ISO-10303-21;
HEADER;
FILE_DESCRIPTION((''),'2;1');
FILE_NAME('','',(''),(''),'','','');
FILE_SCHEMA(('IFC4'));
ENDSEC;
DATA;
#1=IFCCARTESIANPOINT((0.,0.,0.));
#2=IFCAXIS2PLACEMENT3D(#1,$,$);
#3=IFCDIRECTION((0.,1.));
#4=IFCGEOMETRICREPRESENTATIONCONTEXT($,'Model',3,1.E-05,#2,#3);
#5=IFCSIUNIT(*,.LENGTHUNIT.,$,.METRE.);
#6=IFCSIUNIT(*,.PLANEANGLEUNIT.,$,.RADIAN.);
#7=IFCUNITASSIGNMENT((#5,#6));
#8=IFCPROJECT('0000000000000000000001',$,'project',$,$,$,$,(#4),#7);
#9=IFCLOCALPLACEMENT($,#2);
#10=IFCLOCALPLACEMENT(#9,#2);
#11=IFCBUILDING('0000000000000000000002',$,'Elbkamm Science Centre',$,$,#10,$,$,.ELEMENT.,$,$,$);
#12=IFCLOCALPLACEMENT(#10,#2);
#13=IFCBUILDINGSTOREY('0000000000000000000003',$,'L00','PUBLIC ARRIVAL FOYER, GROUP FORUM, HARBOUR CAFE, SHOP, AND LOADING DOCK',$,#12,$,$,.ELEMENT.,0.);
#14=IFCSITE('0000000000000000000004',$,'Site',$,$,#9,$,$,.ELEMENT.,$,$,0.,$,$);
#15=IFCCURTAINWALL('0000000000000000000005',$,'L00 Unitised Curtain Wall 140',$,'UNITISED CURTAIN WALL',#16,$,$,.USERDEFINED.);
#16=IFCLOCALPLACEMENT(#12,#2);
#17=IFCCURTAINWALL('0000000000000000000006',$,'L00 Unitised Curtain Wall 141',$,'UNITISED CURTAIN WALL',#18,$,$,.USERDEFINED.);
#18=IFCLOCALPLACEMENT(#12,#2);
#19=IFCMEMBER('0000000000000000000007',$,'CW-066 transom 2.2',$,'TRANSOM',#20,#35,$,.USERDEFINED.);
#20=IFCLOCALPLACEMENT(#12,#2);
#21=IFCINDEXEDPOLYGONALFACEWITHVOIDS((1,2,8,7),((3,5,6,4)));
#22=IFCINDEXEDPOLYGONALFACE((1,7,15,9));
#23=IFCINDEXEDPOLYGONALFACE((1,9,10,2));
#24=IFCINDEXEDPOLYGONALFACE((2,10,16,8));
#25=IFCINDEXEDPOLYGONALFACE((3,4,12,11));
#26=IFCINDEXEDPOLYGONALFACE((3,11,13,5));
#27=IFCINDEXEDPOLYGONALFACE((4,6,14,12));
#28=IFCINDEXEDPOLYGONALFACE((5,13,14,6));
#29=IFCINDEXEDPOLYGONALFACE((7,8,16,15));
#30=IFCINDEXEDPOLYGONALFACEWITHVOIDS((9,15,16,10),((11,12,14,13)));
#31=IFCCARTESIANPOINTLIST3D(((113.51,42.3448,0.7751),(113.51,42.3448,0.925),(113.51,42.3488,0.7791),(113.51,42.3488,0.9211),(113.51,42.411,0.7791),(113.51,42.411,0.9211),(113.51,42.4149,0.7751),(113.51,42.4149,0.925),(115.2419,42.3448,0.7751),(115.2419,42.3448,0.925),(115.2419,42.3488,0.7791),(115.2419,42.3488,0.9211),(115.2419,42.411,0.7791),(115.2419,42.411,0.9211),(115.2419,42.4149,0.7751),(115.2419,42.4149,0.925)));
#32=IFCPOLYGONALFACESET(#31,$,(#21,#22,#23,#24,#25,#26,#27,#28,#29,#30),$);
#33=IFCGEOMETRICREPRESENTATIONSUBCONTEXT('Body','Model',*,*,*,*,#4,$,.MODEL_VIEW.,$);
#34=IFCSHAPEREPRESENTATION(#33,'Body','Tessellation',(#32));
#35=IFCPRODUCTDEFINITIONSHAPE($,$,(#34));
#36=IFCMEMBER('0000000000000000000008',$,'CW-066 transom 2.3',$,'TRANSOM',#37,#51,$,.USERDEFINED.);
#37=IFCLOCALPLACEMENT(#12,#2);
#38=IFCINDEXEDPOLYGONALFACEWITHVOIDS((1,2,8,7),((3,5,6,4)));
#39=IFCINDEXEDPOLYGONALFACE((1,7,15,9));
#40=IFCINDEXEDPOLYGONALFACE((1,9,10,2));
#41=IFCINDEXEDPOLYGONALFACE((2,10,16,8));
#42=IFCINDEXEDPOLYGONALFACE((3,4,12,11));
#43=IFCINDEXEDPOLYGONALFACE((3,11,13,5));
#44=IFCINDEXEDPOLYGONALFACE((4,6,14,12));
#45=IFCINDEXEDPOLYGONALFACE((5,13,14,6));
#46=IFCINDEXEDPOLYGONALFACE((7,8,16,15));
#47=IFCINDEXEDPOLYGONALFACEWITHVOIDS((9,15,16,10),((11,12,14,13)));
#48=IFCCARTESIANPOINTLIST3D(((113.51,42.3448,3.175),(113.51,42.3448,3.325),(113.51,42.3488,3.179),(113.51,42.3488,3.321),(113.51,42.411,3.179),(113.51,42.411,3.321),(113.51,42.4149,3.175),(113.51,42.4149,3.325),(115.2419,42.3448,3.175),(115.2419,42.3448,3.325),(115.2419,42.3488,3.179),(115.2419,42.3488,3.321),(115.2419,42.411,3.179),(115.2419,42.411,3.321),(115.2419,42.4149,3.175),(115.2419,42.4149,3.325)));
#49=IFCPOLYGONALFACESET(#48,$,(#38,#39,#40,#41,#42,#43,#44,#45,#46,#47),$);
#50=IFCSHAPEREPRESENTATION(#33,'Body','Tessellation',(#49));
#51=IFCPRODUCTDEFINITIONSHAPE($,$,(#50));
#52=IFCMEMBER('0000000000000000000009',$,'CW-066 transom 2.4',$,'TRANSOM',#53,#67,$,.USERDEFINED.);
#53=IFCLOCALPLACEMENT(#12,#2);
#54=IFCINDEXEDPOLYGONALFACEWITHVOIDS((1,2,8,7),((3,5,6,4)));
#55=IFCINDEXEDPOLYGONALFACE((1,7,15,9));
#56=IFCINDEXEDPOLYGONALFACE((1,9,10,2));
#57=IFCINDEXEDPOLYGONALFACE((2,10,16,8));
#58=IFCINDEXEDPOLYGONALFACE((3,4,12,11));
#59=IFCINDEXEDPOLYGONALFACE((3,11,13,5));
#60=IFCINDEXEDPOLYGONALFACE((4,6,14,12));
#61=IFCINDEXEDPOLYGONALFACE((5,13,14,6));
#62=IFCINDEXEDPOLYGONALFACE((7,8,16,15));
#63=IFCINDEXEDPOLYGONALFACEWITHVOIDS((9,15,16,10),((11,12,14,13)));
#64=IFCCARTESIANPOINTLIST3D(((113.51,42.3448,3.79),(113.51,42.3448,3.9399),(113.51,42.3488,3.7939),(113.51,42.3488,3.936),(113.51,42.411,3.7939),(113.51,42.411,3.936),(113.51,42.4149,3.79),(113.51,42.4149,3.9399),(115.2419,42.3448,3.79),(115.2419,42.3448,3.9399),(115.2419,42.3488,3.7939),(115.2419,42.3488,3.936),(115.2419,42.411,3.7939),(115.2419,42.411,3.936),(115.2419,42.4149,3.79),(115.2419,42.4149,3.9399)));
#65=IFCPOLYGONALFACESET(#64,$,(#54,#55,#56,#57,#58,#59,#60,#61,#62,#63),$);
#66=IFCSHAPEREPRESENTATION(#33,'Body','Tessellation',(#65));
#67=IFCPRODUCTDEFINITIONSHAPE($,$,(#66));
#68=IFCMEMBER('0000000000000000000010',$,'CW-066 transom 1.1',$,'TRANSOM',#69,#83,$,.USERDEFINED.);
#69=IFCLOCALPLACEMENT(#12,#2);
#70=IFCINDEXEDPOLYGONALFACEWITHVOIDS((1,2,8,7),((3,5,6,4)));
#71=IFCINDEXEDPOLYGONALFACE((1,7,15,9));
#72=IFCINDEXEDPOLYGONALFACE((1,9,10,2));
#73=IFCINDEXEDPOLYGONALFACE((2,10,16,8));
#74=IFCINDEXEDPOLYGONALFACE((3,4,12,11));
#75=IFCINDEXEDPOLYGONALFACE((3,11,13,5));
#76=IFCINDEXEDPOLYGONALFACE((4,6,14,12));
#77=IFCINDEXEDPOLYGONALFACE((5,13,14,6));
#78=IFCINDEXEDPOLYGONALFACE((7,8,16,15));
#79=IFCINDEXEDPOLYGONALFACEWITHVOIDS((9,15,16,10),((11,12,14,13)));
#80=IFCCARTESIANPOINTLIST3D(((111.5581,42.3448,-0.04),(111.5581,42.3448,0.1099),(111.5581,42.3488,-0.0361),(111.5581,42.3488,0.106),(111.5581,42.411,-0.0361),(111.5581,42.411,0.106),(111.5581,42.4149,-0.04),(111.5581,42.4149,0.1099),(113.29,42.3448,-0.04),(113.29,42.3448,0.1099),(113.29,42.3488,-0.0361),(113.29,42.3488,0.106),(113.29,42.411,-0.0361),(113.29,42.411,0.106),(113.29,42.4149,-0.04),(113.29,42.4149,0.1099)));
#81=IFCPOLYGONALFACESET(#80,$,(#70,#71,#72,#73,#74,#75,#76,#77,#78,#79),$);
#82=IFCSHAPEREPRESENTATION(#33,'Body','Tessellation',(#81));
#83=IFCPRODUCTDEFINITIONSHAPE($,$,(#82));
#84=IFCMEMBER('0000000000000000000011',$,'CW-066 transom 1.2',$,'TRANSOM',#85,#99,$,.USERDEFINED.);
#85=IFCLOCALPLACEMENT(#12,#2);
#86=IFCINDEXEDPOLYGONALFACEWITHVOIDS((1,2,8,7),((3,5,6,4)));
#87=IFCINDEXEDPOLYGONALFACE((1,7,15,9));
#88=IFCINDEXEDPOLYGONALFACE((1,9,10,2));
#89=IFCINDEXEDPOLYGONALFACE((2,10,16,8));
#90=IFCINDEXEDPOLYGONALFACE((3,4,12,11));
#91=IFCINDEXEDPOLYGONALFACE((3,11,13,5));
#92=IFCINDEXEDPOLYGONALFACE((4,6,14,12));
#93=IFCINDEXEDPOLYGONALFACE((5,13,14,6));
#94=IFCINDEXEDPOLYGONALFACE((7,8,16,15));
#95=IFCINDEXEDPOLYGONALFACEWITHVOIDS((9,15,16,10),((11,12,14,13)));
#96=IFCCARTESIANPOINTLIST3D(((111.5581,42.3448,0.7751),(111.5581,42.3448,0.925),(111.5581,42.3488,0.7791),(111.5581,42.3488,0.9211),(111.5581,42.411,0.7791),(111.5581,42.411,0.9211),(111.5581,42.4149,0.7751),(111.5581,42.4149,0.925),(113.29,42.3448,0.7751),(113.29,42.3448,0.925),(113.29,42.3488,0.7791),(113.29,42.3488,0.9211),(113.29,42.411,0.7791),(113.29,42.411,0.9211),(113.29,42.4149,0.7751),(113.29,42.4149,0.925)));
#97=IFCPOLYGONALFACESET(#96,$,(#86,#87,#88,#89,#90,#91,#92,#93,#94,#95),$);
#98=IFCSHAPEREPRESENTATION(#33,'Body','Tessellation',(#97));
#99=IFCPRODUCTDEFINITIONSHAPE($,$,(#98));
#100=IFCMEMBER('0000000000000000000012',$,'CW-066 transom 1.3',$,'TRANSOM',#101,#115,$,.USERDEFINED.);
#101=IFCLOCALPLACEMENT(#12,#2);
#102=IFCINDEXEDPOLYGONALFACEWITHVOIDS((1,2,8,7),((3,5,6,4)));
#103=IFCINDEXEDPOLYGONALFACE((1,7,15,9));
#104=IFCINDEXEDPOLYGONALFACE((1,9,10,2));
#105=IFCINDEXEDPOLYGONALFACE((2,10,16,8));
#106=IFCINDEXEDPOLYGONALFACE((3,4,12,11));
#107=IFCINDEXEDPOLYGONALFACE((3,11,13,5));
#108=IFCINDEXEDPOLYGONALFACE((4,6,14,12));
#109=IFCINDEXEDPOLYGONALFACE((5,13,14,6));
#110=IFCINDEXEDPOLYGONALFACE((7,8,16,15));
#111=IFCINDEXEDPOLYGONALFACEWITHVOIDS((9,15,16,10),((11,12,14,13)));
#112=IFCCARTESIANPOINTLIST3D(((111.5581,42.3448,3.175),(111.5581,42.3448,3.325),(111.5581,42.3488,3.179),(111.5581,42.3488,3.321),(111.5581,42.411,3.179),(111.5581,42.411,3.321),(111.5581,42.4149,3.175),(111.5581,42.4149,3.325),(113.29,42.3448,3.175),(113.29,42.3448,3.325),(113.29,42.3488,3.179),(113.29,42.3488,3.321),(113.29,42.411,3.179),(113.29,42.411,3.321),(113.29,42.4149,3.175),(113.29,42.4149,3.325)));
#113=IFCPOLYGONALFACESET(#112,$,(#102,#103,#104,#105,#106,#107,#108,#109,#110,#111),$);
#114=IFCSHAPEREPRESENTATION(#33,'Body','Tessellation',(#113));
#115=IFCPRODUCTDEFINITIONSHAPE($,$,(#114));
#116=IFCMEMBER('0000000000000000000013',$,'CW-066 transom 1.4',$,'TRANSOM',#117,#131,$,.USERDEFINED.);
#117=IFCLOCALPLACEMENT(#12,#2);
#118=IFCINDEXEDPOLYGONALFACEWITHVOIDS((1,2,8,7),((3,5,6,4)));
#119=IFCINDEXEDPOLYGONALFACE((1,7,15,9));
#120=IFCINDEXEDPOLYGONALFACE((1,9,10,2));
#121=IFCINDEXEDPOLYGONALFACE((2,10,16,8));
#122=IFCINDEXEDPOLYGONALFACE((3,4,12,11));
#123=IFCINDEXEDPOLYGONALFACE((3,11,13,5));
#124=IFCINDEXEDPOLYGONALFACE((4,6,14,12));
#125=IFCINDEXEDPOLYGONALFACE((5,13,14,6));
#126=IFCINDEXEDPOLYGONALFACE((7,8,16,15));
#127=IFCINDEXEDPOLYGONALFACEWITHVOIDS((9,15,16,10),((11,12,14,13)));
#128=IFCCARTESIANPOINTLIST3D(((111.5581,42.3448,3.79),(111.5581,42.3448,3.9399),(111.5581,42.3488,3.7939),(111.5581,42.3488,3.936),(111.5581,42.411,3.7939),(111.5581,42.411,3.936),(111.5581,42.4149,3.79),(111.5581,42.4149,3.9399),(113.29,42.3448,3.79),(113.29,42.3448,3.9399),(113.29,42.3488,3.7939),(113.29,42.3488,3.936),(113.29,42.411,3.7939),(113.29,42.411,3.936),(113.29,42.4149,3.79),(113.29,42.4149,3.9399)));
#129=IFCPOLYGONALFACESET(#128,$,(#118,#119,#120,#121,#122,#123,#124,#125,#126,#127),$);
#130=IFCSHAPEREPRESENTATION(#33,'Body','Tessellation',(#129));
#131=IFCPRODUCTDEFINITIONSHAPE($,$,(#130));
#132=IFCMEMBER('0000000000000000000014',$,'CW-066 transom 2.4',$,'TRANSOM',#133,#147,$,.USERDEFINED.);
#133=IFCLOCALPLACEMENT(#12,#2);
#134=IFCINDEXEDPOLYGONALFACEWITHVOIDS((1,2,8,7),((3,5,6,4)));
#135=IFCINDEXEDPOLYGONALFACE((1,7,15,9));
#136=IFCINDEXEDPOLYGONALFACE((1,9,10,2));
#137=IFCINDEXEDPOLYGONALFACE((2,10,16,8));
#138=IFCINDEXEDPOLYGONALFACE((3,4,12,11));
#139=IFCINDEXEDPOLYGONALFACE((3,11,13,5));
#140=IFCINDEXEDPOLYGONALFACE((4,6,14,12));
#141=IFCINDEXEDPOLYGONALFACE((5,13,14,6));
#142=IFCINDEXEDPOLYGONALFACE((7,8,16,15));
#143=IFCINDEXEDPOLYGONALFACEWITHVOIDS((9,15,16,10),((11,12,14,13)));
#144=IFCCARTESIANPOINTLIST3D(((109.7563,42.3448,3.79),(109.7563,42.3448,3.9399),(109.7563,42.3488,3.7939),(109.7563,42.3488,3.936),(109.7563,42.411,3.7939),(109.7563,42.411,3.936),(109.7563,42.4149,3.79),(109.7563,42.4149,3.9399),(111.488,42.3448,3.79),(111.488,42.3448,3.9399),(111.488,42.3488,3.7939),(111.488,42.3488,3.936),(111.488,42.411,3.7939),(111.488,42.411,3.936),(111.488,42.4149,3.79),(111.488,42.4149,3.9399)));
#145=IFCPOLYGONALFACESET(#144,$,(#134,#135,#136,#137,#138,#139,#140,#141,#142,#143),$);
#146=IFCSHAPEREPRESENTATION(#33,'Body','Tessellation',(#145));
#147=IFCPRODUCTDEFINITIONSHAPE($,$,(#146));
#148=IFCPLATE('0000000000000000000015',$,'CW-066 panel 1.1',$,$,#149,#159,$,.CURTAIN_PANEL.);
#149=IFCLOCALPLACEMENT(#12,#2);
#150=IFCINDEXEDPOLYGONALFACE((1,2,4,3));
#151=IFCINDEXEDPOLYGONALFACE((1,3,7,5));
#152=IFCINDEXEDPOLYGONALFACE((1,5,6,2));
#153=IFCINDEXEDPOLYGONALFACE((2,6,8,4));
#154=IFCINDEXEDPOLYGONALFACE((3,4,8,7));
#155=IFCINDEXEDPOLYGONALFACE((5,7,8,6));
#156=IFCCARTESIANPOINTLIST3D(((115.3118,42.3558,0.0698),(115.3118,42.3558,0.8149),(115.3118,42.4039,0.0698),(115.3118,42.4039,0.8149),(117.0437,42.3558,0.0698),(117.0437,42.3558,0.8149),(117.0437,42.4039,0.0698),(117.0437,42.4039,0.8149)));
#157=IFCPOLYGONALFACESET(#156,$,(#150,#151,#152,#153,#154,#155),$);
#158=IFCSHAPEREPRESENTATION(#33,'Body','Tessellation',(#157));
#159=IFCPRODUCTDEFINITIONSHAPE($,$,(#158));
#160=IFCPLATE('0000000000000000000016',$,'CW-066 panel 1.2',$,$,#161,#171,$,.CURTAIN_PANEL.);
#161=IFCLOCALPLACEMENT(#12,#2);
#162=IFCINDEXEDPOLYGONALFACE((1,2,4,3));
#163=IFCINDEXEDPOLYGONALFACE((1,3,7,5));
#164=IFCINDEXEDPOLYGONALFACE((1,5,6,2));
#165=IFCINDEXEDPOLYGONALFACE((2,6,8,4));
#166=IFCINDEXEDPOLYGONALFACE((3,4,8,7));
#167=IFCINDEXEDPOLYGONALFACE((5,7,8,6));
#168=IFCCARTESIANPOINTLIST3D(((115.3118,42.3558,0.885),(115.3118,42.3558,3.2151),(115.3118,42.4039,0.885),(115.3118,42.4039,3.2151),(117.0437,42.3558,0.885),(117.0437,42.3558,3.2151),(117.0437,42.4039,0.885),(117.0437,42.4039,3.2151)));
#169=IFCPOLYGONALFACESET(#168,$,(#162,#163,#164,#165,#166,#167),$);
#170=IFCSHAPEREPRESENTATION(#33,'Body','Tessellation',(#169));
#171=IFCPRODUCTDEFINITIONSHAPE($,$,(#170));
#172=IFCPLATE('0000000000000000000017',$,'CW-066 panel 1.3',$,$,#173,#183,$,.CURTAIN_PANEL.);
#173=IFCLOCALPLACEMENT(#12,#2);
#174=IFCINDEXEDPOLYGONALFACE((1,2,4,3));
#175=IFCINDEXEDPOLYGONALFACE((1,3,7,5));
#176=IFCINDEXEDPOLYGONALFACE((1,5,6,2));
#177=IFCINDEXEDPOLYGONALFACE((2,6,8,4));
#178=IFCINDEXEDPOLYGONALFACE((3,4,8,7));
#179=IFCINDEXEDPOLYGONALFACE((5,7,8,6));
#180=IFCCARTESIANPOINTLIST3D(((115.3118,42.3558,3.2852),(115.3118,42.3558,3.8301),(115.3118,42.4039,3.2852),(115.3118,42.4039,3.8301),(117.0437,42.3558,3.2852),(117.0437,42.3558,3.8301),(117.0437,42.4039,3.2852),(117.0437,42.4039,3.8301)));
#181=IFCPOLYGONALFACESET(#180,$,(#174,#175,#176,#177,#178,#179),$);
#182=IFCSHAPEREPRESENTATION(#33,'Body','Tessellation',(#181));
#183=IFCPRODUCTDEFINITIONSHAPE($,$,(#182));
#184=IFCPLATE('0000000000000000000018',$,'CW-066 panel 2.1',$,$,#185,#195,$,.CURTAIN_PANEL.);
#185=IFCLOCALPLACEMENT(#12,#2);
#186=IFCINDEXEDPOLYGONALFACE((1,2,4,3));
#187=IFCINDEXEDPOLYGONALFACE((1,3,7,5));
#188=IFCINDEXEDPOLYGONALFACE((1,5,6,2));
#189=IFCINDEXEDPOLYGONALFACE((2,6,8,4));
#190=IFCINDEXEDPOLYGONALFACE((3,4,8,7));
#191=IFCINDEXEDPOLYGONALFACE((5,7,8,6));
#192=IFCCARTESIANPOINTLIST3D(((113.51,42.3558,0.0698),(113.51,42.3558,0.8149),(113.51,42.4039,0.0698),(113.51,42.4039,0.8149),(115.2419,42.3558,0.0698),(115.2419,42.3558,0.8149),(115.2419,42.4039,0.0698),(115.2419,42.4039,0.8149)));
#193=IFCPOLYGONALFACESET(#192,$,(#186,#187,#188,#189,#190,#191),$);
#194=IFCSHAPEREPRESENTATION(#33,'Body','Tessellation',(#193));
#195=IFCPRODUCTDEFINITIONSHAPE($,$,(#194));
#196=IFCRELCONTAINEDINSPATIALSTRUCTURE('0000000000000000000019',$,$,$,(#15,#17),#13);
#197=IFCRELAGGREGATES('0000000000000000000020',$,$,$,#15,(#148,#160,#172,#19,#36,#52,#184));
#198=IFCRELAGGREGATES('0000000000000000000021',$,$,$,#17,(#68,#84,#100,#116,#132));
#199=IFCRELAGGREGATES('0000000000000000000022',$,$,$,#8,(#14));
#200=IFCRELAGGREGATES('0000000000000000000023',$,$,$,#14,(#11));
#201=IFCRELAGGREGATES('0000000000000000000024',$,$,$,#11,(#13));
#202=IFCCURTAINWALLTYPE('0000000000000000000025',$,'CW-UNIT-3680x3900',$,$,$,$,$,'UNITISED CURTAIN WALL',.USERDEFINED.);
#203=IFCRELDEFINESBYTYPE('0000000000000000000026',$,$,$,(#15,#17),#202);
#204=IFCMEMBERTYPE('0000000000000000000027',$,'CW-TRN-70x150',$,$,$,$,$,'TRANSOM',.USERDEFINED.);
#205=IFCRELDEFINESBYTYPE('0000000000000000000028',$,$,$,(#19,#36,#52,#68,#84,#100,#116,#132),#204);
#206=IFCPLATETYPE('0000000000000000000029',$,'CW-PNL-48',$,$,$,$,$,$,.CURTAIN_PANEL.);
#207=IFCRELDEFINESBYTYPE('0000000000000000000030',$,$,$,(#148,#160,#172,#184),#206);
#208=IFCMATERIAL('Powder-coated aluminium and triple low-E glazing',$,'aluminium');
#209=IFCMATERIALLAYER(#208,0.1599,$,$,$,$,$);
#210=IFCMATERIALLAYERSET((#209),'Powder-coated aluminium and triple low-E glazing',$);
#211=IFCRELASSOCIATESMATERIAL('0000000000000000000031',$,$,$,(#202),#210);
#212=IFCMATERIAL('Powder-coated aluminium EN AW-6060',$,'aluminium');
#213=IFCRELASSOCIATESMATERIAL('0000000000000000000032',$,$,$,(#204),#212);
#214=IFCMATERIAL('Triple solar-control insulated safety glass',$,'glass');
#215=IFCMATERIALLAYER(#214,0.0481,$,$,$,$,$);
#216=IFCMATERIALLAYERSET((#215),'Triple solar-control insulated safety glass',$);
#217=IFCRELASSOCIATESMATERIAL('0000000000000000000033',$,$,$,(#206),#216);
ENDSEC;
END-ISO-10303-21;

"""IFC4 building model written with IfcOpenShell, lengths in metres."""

from ifc_helpers import new_model, si_unit, direction, frame, origin, origin_2d, place, context, subcontext, project, spatial, rectangle, hollow_rectangle, extrude, material, layer, layer_set, material_profile, profile_set, type_object, element, aggregate, save


model = new_model("IFC4")

# Units and contexts
model_context = context("Model", 3, precision=1e-05, world=origin(), true_north=direction((0.0, 1.0)))
body_context = subcontext(model_context, "Body", "Model", "MODEL_VIEW")
ifc_project = project(units=[si_unit("LENGTHUNIT", "METRE"), si_unit("PLANEANGLEUNIT", "RADIAN")], contexts=[model_context])

# Site, building, storey
site_placement = place(None, origin())
site = spatial("IfcSite", under=ifc_project, at=site_placement, Name="Site", CompositionType="ELEMENT", RefElevation=0.0)
building_placement = place(site_placement, origin())
building = spatial("IfcBuilding", under=site, at=building_placement, Name="Elbkamm Science Centre", CompositionType="ELEMENT")
storey_placement = place(building_placement, origin())
storey = spatial("IfcBuildingStorey", under=building, at=storey_placement, Name="L00", Description="PUBLIC ARRIVAL FOYER, GROUP FORUM, HARBOUR CAFE, SHOP, AND LOADING DOCK", CompositionType="ELEMENT", Elevation=0.0)

# Shared definitions
ifc_material_1 = material(Name="Powder-coated aluminium and triple low-E glazing", Category="aluminium")
ifc_layer_1 = layer(ifc_material_1, 0.1599)
ifc_layer_set_1 = layer_set([ifc_layer_1], Name="Powder-coated aluminium and triple low-E glazing")
curtain_wall_type = type_object("IfcCurtainWallType", Name="CW-UNIT-3680x3900", ElementType="UNITISED CURTAIN WALL", PredefinedType="USERDEFINED", material=ifc_layer_set_1)
ifc_material_2 = material(Name="Powder-coated aluminium EN AW-6060", Category="aluminium")

# Curtain walls
curtain_wall_1_placement = place(storey_placement, origin())
curtain_wall_1 = element("IfcCurtainWall", 1, at=curtain_wall_1_placement, inside=storey, type_object=curtain_wall_type, Name="L00 Unitised Curtain Wall 140", ObjectType="UNITISED CURTAIN WALL", PredefinedType="USERDEFINED")
curtain_wall_2_placement = place(storey_placement, origin())
curtain_wall_2 = element("IfcCurtainWall", 2, at=curtain_wall_2_placement, inside=storey, type_object=curtain_wall_type, Name="L00 Unitised Curtain Wall 141", ObjectType="UNITISED CURTAIN WALL", PredefinedType="USERDEFINED")

# Members
ifc_material_profile_1 = material_profile(ifc_material_2, hollow_rectangle(XDim=0.0701, YDim=0.1499, WallThickness=0.0039, at=origin_2d()), Name="ALU T70x150")
ifc_profile_set_1 = profile_set([ifc_material_profile_1], Name="Powder-coated aluminium EN AW-6060")
member_type_1 = type_object("IfcMemberType", Name="CW-TRN-70x150", ElementType="TRANSOM", PredefinedType="USERDEFINED", material=ifc_profile_set_1)
member_1_placement = place(storey_placement, frame((115.2419, 42.3799, 0.8501), z_axis=(-1.0, 0.0, 0.0), x_axis=(0.0, -1.0, 0.0)))
member_1 = element("IfcMember", 3, at=member_1_placement, type_object=member_type_1, Name="CW-066 transom 2.2", ObjectType="TRANSOM", PredefinedType="USERDEFINED", context=body_context, shape_type="SweptSolid", body=[
    extrude(hollow_rectangle(XDim=0.0701, YDim=0.1499, WallThickness=0.0039, at=origin_2d()), origin(), (0.0, 0.0, 1.0), 1.7319),
])
member_2_placement = place(storey_placement, frame((115.2419, 42.3799, 3.25), z_axis=(-1.0, 0.0, 0.0), x_axis=(0.0, -1.0, 0.0)))
member_2 = element("IfcMember", 4, at=member_2_placement, type_object=member_type_1, Name="CW-066 transom 2.3", ObjectType="TRANSOM", PredefinedType="USERDEFINED", context=body_context, shape_type="SweptSolid", body=[
    extrude(hollow_rectangle(XDim=0.0701, YDim=0.1499, WallThickness=0.0039, at=origin_2d()), origin(), (0.0, 0.0, 1.0), 1.7319),
])
member_3_placement = place(storey_placement, frame((115.2419, 42.3799, 3.865), z_axis=(-1.0, 0.0, 0.0), x_axis=(0.0, -1.0, 0.0)))
member_3 = element("IfcMember", 5, at=member_3_placement, type_object=member_type_1, Name="CW-066 transom 2.4", ObjectType="TRANSOM", PredefinedType="USERDEFINED", context=body_context, shape_type="SweptSolid", body=[
    extrude(hollow_rectangle(XDim=0.0701, YDim=0.1499, WallThickness=0.0039, at=origin_2d()), origin(), (0.0, 0.0, 1.0), 1.7319),
])
member_4_placement = place(storey_placement, frame((113.29, 42.3799, 0.0349), z_axis=(-1.0, 0.0, 0.0), x_axis=(0.0, -1.0, 0.0)))
member_4 = element("IfcMember", 6, at=member_4_placement, type_object=member_type_1, Name="CW-066 transom 1.1", ObjectType="TRANSOM", PredefinedType="USERDEFINED", context=body_context, shape_type="SweptSolid", body=[
    extrude(hollow_rectangle(XDim=0.0701, YDim=0.1499, WallThickness=0.0039, at=origin_2d()), origin(), (0.0, 0.0, 1.0), 1.7319),
])
member_5_placement = place(storey_placement, frame((113.29, 42.3799, 0.8501), z_axis=(-1.0, 0.0, 0.0), x_axis=(0.0, -1.0, 0.0)))
member_5 = element("IfcMember", 7, at=member_5_placement, type_object=member_type_1, Name="CW-066 transom 1.2", ObjectType="TRANSOM", PredefinedType="USERDEFINED", context=body_context, shape_type="SweptSolid", body=[
    extrude(hollow_rectangle(XDim=0.0701, YDim=0.1499, WallThickness=0.0039, at=origin_2d()), origin(), (0.0, 0.0, 1.0), 1.7319),
])
member_6_placement = place(storey_placement, frame((113.29, 42.3799, 3.25), z_axis=(-1.0, 0.0, 0.0), x_axis=(0.0, -1.0, 0.0)))
member_6 = element("IfcMember", 8, at=member_6_placement, type_object=member_type_1, Name="CW-066 transom 1.3", ObjectType="TRANSOM", PredefinedType="USERDEFINED", context=body_context, shape_type="SweptSolid", body=[
    extrude(hollow_rectangle(XDim=0.0701, YDim=0.1499, WallThickness=0.0039, at=origin_2d()), origin(), (0.0, 0.0, 1.0), 1.7319),
])
member_7_placement = place(storey_placement, frame((113.29, 42.3799, 3.865), z_axis=(-1.0, 0.0, 0.0), x_axis=(0.0, -1.0, 0.0)))
member_7 = element("IfcMember", 9, at=member_7_placement, type_object=member_type_1, Name="CW-066 transom 1.4", ObjectType="TRANSOM", PredefinedType="USERDEFINED", context=body_context, shape_type="SweptSolid", body=[
    extrude(hollow_rectangle(XDim=0.0701, YDim=0.1499, WallThickness=0.0039, at=origin_2d()), origin(), (0.0, 0.0, 1.0), 1.7319),
])
member_8_placement = place(storey_placement, frame((111.488, 42.3799, 3.865), z_axis=(-1.0, 0.0, 0.0), x_axis=(0.0, -1.0, 0.0)))
member_8 = element("IfcMember", 10, at=member_8_placement, type_object=member_type_1, Name="CW-066 transom 2.4", ObjectType="TRANSOM", PredefinedType="USERDEFINED", context=body_context, shape_type="SweptSolid", body=[
    extrude(hollow_rectangle(XDim=0.0701, YDim=0.1499, WallThickness=0.0039, at=origin_2d()), origin(), (0.0, 0.0, 1.0), 1.7317),
])

# Plates
ifc_material_3 = material(Name="Triple solar-control insulated safety glass", Category="glass")
ifc_layer_2 = layer(ifc_material_3, 0.0481)
ifc_layer_set_2 = layer_set([ifc_layer_2], Name="Triple solar-control insulated safety glass")
plate_type = type_object("IfcPlateType", Name="CW-PNL-48", PredefinedType="CURTAIN_PANEL", material=ifc_layer_set_2)
plate_1_placement = place(storey_placement, frame((116.1777, 42.3799, 0.0698), z_axis=(0.0, 0.0, 1.0), x_axis=(-1.0, 0.0, 0.0)))
plate_1 = element("IfcPlate", 11, at=plate_1_placement, type_object=plate_type, Name="CW-066 panel 1.1", PredefinedType="CURTAIN_PANEL", context=body_context, shape_type="SweptSolid", body=[
    extrude(rectangle(XDim=1.7319, YDim=0.0481, at=origin_2d()), origin(), (0.0, 0.0, 1.0), 0.7451),
])
plate_2_placement = place(storey_placement, frame((116.1777, 42.3799, 0.885), z_axis=(0.0, 0.0, 1.0), x_axis=(-1.0, 0.0, 0.0)))
plate_2 = element("IfcPlate", 12, at=plate_2_placement, type_object=plate_type, Name="CW-066 panel 1.2", PredefinedType="CURTAIN_PANEL", context=body_context, shape_type="SweptSolid", body=[
    extrude(rectangle(XDim=1.7319, YDim=0.0481, at=origin_2d()), origin(), (0.0, 0.0, 1.0), 2.3301),
])
plate_3_placement = place(storey_placement, frame((116.1777, 42.3799, 3.2852), z_axis=(0.0, 0.0, 1.0), x_axis=(-1.0, 0.0, 0.0)))
plate_3 = element("IfcPlate", 13, at=plate_3_placement, type_object=plate_type, Name="CW-066 panel 1.3", PredefinedType="CURTAIN_PANEL", context=body_context, shape_type="SweptSolid", body=[
    extrude(rectangle(XDim=1.7319, YDim=0.0481, at=origin_2d()), origin(), (0.0, 0.0, 1.0), 0.5449),
])
plate_4_placement = place(storey_placement, frame((114.376, 42.3799, 0.0698), z_axis=(0.0, 0.0, 1.0), x_axis=(-1.0, 0.0, 0.0)))
plate_4 = element("IfcPlate", 14, at=plate_4_placement, type_object=plate_type, Name="CW-066 panel 2.1", PredefinedType="CURTAIN_PANEL", context=body_context, shape_type="SweptSolid", body=[
    extrude(rectangle(XDim=1.7319, YDim=0.0481, at=origin_2d()), origin(), (0.0, 0.0, 1.0), 0.7451),
])
aggregate(curtain_wall_1, [plate_1, plate_2, plate_3, member_1, member_2, member_3, plate_4])
aggregate(curtain_wall_2, [member_4, member_5, member_6, member_7, member_8])

save(model, "model.ifc")
